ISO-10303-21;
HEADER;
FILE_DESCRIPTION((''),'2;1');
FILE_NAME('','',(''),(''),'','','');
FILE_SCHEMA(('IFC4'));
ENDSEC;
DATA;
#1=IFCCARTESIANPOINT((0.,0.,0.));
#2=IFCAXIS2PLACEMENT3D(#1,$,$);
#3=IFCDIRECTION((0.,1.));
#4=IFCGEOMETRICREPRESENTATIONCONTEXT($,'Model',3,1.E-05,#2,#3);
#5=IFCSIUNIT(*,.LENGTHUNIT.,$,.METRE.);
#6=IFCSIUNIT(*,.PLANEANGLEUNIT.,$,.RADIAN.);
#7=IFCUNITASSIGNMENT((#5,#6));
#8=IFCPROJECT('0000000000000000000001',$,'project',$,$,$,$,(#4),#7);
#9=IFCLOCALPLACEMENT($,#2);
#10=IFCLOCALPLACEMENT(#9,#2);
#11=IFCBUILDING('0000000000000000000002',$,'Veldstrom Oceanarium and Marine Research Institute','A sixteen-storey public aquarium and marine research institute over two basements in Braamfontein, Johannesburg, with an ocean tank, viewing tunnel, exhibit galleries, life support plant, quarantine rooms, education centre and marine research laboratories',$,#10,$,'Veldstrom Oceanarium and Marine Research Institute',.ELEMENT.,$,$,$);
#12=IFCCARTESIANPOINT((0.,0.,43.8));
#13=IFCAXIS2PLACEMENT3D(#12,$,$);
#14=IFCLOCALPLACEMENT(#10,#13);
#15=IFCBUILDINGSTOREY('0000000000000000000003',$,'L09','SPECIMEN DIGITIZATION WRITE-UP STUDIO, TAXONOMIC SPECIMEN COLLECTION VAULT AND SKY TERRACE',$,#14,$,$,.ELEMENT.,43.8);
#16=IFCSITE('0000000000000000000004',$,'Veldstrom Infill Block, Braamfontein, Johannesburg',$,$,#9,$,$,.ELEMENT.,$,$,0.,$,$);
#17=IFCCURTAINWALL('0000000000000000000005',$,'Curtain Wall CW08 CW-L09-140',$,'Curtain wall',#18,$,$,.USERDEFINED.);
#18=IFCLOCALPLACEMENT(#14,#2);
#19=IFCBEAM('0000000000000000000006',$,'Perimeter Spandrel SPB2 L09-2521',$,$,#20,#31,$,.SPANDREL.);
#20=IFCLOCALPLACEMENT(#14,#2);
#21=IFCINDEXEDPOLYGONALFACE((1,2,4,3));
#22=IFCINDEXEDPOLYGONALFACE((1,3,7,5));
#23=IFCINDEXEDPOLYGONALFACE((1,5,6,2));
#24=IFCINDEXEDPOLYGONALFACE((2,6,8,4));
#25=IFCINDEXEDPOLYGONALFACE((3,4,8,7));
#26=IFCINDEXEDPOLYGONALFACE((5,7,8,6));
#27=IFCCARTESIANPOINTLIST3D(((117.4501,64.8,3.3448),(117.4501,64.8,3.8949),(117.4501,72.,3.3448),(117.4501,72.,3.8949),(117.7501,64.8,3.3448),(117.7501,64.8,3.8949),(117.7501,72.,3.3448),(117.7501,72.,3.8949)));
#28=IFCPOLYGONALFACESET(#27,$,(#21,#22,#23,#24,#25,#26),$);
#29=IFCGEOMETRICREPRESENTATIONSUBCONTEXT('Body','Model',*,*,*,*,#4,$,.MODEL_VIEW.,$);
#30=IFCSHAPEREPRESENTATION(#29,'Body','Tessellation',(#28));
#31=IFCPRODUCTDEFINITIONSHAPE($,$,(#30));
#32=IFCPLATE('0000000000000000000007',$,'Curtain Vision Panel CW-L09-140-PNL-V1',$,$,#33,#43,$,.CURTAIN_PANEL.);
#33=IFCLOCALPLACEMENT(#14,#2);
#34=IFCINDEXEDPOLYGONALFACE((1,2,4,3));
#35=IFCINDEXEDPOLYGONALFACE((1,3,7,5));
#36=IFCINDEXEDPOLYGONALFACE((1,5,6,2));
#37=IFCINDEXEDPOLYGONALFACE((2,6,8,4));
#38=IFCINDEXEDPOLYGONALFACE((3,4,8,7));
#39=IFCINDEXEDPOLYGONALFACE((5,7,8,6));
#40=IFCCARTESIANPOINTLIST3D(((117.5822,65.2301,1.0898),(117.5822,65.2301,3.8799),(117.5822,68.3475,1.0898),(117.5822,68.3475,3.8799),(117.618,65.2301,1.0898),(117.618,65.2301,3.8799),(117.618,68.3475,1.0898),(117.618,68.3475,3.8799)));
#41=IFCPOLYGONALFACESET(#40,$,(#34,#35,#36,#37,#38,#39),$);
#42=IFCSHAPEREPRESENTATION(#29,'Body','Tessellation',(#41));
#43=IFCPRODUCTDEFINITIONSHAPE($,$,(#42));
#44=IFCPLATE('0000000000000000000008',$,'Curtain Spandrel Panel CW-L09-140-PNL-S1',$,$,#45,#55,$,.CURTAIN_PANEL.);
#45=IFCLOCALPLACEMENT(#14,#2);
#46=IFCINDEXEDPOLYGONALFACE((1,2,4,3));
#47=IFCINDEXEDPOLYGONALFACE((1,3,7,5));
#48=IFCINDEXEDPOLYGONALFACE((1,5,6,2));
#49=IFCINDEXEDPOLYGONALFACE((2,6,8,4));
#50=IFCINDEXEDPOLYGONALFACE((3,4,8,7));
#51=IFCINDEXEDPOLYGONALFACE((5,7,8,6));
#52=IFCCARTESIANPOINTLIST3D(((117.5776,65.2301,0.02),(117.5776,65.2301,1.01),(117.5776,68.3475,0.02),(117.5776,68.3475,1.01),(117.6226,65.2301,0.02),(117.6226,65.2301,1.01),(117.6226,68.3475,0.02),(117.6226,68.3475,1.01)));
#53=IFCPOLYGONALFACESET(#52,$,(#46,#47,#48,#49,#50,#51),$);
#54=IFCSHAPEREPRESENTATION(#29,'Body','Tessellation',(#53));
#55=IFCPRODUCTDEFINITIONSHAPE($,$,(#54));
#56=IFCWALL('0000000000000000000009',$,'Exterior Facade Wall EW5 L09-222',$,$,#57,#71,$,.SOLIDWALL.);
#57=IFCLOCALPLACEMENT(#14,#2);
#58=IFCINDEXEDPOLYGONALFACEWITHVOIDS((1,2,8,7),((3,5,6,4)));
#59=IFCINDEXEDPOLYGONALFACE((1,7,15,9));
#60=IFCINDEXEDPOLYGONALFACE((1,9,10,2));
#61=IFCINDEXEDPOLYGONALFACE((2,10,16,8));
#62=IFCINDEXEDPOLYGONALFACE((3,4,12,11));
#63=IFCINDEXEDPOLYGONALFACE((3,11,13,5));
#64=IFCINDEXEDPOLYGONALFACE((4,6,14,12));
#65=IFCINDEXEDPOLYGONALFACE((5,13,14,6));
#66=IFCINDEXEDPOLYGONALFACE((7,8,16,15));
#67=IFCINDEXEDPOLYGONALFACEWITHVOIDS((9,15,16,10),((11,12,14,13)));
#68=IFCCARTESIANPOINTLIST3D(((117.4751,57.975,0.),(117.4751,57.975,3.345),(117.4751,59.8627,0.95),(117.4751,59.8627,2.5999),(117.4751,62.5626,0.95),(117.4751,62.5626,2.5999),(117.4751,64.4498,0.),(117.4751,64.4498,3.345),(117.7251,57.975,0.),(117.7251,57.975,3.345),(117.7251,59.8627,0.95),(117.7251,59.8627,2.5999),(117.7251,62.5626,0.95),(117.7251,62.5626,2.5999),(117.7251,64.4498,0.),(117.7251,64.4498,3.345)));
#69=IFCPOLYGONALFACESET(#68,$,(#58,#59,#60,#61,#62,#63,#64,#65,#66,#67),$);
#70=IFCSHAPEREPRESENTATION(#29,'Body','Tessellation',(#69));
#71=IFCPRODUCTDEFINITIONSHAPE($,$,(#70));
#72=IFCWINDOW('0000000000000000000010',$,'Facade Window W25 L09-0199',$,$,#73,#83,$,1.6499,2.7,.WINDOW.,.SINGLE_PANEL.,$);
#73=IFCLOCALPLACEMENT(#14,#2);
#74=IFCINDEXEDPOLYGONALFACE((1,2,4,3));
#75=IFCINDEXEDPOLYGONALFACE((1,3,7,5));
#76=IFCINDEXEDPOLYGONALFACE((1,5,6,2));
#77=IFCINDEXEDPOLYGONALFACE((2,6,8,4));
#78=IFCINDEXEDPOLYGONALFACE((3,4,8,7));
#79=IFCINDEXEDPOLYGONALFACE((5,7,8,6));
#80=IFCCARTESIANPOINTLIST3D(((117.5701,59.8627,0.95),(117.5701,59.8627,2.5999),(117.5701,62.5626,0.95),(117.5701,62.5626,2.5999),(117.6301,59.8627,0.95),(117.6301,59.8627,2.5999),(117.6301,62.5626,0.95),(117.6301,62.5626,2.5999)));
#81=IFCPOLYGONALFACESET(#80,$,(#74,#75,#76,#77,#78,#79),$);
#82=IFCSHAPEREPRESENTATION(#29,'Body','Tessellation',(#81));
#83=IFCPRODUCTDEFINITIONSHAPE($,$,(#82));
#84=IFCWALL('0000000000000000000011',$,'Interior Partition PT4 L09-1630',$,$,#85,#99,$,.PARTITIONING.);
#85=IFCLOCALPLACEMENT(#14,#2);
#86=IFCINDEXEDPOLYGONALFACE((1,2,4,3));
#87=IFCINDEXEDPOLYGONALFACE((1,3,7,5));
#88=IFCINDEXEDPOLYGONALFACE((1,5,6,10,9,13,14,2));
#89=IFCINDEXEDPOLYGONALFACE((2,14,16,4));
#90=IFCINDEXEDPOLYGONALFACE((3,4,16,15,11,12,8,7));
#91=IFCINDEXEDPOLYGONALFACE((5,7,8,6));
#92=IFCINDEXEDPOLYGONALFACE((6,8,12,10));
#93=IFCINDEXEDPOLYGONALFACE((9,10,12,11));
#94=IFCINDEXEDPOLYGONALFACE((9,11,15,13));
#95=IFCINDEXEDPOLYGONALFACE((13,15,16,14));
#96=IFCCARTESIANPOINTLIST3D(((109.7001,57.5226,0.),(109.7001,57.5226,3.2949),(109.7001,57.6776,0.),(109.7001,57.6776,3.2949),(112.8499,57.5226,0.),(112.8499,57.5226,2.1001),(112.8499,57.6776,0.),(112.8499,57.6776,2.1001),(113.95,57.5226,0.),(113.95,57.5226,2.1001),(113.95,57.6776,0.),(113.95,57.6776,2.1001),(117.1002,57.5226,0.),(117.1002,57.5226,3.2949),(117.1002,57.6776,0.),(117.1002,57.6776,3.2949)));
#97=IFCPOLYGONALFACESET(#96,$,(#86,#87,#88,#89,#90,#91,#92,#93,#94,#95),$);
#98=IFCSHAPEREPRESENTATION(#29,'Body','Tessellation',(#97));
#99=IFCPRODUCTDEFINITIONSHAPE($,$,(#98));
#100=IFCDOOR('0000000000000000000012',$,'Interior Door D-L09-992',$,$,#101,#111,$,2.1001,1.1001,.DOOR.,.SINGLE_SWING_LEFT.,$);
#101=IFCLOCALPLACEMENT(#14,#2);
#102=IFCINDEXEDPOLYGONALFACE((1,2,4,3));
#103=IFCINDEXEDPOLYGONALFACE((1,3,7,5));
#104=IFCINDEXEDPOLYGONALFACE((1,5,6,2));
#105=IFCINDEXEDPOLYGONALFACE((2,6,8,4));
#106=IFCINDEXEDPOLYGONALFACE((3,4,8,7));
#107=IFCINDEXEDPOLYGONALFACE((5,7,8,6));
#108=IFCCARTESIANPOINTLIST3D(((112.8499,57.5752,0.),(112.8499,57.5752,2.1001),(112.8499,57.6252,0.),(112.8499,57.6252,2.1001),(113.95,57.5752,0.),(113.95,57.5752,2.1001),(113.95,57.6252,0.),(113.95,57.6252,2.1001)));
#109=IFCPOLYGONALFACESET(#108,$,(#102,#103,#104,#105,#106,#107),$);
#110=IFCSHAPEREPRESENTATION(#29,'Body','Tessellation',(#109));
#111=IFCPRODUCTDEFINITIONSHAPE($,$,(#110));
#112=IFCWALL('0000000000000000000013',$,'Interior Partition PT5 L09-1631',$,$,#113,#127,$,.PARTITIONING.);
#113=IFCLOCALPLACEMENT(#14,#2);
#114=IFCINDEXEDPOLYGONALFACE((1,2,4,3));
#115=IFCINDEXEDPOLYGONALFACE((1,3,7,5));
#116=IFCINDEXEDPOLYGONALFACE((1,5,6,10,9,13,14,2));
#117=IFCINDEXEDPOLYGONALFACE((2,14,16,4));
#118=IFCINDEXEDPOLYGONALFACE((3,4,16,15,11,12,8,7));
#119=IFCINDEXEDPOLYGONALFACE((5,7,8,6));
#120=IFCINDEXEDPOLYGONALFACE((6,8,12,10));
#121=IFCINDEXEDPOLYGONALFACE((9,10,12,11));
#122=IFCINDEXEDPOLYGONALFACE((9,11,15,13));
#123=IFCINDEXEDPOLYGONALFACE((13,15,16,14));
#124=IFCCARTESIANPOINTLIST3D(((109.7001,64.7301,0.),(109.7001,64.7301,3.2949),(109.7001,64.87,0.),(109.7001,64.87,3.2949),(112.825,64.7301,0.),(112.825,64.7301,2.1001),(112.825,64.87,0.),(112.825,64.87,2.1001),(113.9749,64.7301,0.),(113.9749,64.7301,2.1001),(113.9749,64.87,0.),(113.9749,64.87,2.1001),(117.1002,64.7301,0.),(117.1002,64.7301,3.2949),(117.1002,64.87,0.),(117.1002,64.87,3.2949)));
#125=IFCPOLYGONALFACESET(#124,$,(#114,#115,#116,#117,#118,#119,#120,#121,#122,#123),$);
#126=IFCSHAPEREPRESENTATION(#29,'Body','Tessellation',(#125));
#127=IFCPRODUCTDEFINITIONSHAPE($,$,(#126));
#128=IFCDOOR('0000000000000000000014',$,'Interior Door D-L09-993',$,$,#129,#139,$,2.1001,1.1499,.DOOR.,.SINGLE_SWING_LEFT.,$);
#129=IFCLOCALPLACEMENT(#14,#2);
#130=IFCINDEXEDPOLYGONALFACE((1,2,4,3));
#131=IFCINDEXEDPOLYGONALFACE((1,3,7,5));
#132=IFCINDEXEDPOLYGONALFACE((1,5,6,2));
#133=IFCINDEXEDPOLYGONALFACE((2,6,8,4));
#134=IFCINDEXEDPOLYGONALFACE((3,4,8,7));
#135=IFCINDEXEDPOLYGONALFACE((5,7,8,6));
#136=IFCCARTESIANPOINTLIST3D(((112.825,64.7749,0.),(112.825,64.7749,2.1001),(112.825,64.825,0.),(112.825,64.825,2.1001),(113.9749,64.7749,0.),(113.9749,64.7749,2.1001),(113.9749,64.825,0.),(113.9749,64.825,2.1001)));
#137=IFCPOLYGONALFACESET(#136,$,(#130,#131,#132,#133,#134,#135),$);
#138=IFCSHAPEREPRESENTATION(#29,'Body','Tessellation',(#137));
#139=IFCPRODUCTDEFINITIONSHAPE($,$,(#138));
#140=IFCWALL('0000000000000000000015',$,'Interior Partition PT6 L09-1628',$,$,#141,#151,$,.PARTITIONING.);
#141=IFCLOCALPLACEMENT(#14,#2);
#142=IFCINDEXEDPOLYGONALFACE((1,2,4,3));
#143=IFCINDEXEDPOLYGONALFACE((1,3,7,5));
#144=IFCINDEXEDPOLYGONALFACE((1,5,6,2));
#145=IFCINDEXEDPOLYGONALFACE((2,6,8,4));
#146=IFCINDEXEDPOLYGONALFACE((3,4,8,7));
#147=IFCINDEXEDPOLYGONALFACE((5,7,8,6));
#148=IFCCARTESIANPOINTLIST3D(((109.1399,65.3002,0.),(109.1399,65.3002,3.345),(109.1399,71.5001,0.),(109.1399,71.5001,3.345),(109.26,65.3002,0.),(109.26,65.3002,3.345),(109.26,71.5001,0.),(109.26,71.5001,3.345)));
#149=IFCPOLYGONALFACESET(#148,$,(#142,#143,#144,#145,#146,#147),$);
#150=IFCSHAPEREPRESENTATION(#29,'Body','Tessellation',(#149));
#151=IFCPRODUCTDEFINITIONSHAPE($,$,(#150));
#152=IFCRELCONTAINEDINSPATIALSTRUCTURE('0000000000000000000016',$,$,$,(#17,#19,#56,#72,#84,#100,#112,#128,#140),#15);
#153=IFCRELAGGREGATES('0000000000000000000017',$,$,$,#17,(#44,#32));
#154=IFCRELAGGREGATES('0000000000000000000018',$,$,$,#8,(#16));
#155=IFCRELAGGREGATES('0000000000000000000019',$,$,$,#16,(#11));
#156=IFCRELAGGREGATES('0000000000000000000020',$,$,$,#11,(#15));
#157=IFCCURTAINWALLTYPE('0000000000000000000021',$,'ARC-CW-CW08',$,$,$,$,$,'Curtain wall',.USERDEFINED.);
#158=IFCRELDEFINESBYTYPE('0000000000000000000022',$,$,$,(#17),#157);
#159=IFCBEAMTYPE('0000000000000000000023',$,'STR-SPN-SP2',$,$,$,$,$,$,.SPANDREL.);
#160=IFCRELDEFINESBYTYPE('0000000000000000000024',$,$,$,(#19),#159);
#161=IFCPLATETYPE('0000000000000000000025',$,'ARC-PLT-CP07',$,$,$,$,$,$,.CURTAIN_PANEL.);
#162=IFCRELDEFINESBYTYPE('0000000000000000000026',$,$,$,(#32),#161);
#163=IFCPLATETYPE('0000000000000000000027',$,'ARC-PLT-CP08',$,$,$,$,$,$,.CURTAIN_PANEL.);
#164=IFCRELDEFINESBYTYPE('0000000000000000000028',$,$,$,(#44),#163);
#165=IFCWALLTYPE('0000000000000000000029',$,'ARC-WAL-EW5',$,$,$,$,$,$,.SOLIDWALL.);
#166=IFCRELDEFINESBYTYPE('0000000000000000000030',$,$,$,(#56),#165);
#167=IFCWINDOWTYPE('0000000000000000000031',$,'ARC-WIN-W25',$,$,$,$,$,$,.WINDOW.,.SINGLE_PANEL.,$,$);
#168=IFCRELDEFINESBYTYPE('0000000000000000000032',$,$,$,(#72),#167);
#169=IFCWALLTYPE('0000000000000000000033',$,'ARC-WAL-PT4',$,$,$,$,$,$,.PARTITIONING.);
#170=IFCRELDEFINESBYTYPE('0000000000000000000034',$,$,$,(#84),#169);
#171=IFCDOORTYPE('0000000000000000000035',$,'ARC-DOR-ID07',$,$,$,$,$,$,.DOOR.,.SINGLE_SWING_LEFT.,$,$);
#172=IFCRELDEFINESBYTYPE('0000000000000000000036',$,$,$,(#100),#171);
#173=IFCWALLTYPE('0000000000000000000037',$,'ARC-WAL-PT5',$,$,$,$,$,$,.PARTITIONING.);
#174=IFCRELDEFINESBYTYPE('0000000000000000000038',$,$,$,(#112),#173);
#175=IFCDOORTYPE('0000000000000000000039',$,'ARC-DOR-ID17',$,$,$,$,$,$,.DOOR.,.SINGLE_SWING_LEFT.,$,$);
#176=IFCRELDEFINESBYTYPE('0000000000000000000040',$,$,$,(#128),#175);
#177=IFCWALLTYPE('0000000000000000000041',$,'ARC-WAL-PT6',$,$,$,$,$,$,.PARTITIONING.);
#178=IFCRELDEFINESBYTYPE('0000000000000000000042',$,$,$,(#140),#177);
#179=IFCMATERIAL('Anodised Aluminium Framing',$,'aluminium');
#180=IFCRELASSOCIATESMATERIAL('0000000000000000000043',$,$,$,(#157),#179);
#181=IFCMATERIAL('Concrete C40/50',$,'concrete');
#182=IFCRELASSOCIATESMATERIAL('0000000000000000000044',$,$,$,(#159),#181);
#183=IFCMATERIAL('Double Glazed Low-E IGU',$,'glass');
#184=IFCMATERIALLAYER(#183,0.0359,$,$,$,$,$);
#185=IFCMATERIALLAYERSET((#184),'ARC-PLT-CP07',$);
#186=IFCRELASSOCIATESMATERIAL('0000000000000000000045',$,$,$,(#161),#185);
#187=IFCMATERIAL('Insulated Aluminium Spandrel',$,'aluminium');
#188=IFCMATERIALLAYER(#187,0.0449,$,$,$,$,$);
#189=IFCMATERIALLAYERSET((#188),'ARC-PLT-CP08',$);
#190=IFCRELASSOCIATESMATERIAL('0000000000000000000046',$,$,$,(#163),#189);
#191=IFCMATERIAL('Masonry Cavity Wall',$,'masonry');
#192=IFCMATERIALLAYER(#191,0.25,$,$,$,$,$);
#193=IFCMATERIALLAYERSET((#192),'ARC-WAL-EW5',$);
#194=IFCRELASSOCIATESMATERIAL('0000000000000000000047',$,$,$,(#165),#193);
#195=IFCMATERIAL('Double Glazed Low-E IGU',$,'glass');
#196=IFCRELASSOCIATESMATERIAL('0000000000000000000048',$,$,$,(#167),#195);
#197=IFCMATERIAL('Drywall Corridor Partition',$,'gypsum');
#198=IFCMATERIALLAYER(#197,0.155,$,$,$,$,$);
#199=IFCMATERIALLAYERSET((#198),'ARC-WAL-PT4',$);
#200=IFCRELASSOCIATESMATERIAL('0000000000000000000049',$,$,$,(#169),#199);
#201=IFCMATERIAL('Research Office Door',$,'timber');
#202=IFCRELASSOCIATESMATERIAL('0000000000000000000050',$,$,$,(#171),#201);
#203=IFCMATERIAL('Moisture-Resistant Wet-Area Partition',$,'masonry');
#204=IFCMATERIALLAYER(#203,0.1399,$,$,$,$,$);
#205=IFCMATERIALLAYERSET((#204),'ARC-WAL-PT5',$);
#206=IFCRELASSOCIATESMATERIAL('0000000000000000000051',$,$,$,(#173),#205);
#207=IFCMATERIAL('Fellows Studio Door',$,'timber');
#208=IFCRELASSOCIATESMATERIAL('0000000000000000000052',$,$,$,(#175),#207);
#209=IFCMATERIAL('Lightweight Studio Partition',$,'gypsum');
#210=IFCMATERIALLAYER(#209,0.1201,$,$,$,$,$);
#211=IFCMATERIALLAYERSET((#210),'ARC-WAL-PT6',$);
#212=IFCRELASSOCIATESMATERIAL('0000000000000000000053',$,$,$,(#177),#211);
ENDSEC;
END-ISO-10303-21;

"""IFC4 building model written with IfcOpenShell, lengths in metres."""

from ifc_helpers import new_model, si_unit, direction, frame, frame_2d, origin, origin_2d, place, context, subcontext, project, spatial, rectangle, extrude, material, layer, layer_set, material_profile, profile_set, type_object, element, fill, aggregate, save


model = new_model("IFC4")

# Units and contexts
model_context = context("Model", 3, precision=1e-05, world=origin(), true_north=direction((0.0, 1.0)))
body_context = subcontext(model_context, "Body", "Model", "MODEL_VIEW")
ifc_project = project(units=[si_unit("LENGTHUNIT", "METRE"), si_unit("PLANEANGLEUNIT", "RADIAN")], contexts=[model_context])

# Site, building, storey
site_placement = place(None, origin())
site = spatial("IfcSite", under=ifc_project, at=site_placement, Name="Veldstrom Infill Block, Braamfontein, Johannesburg", CompositionType="ELEMENT", RefElevation=0.0)
building_placement = place(site_placement, origin())
building = spatial("IfcBuilding", under=site, at=building_placement, Name="Veldstrom Oceanarium and Marine Research Institute", Description="A sixteen-storey public aquarium and marine research institute over two basements in Braamfontein, Johannesburg, with an ocean tank, viewing tunnel, exhibit galleries, life support plant, quarantine rooms, education centre and marine research laboratories", LongName="Veldstrom Oceanarium and Marine Research Institute", CompositionType="ELEMENT")
storey_placement = place(building_placement, frame((0.0, 0.0, 43.8)))
storey = spatial("IfcBuildingStorey", under=building, at=storey_placement, Name="L09", Description="SPECIMEN DIGITIZATION WRITE-UP STUDIO, TAXONOMIC SPECIMEN COLLECTION VAULT AND SKY TERRACE", CompositionType="ELEMENT", Elevation=43.8)

# Shared definitions
ifc_material_1 = material(Name="Anodised Aluminium Framing", Category="aluminium")
curtain_wall_type = type_object("IfcCurtainWallType", Name="ARC-CW-CW08", ElementType="Curtain wall", PredefinedType="USERDEFINED", material=ifc_material_1)

# Curtain wall
curtain_wall_1_placement = place(storey_placement, origin())
curtain_wall_1 = element("IfcCurtainWall", 1, at=curtain_wall_1_placement, inside=storey, type_object=curtain_wall_type, Name="Curtain Wall CW08 CW-L09-140", ObjectType="Curtain wall", PredefinedType="USERDEFINED")

# Beam
ifc_material_2 = material(Name="Concrete C40/50", Category="concrete")
ifc_material_profile_1 = material_profile(ifc_material_2, rectangle(XDim=0.3, YDim=0.55, at=origin_2d()), Name="RC-SPN-300x550")
ifc_profile_set_1 = profile_set([ifc_material_profile_1], Name="Concrete C40/50")
beam_type_1 = type_object("IfcBeamType", Name="STR-SPN-SP2", PredefinedType="SPANDREL", material=ifc_profile_set_1)
for number, where, z_axis, x_axis, name in (
    (2, (117.6001, 64.8, 3.6199), (0.0, 1.0, 0.0), (-1.0, 0.0, 0.0), "Perimeter Spandrel SPB2 L09-2521"),
):
    element("IfcBeam", number, at=place(storey_placement, frame(where, z_axis=z_axis, x_axis=x_axis)), inside=storey, type_object=beam_type_1, Name=name, PredefinedType="SPANDREL", context=body_context, shape_type="SweptSolid", body=[
        extrude(rectangle(XDim=0.3, YDim=0.55, at=origin_2d()), origin(), (0.0, 0.0, 1.0), 7.2),
    ])

# Plates
ifc_material_3 = material(Name="Double Glazed Low-E IGU", Category="glass")
ifc_layer_1 = layer(ifc_material_3, 0.0359)
ifc_layer_set_1 = layer_set([ifc_layer_1], Name="ARC-PLT-CP07")
plate_type_1 = type_object("IfcPlateType", Name="ARC-PLT-CP07", PredefinedType="CURTAIN_PANEL", material=ifc_layer_set_1)
plate_1_placement = place(storey_placement, frame((117.6001, 66.7888, 1.0898), z_axis=(0.0, 0.0, 1.0), x_axis=(0.0, 1.0, 0.0)))
plate_1 = element("IfcPlate", 3, at=plate_1_placement, type_object=plate_type_1, Name="Curtain Vision Panel CW-L09-140-PNL-V1", PredefinedType="CURTAIN_PANEL", context=body_context, shape_type="SweptSolid", body=[
    extrude(rectangle(XDim=3.1174, YDim=0.0359, at=origin_2d()), origin(), (0.0, 0.0, 1.0), 2.79),
])
ifc_material_4 = material(Name="Insulated Aluminium Spandrel", Category="aluminium")
ifc_layer_2 = layer(ifc_material_4, 0.0449)
ifc_layer_set_2 = layer_set([ifc_layer_2], Name="ARC-PLT-CP08")
plate_type_2 = type_object("IfcPlateType", Name="ARC-PLT-CP08", PredefinedType="CURTAIN_PANEL", material=ifc_layer_set_2)
plate_2_placement = place(storey_placement, frame((117.6001, 66.7888, 0.02), z_axis=(0.0, 0.0, 1.0), x_axis=(0.0, 1.0, 0.0)))
plate_2 = element("IfcPlate", 4, at=plate_2_placement, type_object=plate_type_2, Name="Curtain Spandrel Panel CW-L09-140-PNL-S1", PredefinedType="CURTAIN_PANEL", context=body_context, shape_type="SweptSolid", body=[
    extrude(rectangle(XDim=3.1174, YDim=0.0449, at=origin_2d()), origin(), (0.0, 0.0, 1.0), 0.99),
])
aggregate(curtain_wall_1, [plate_2, plate_1])

# Wall, opening, window
ifc_material_5 = material(Name="Masonry Cavity Wall", Category="masonry")
ifc_layer_3 = layer(ifc_material_5, 0.25)
ifc_layer_set_3 = layer_set([ifc_layer_3], Name="ARC-WAL-EW5")
wall_type_1 = type_object("IfcWallType", Name="ARC-WAL-EW5", PredefinedType="SOLIDWALL", material=ifc_layer_set_3)
wall_1_placement = place(storey_placement, frame((117.6001, 57.9751, 0.0), z_axis=(0.0, 0.0, 1.0), x_axis=(0.0, 1.0, 0.0)))
wall_1 = element("IfcWall", 5, at=wall_1_placement, inside=storey, type_object=wall_type_1, Name="Exterior Facade Wall EW5 L09-222", PredefinedType="SOLIDWALL", context=body_context, shape_type="SweptSolid", body=[
    extrude(rectangle(XDim=6.4749, YDim=0.25, at=frame_2d((3.2373, 0.0))), origin(), (0.0, 0.0, 1.0), 3.345),
])
opening_1_placement = place(wall_1_placement, frame((1.8875, 0.0, 0.95)))
opening_1 = element("IfcOpeningElement", 6, at=opening_1_placement, cuts=wall_1, PredefinedType="OPENING", context=body_context, shape_type="SweptSolid", body=[
    extrude(rectangle(XDim=2.7, YDim=1.6499, at=frame_2d((1.3501, 0.825))), frame((0.0, 0.135, 0.0), z_axis=(0.0, -1.0, 0.0), x_axis=(1.0, 0.0, 0.0)), (0.0, 0.0, 1.0), 0.27),
])
ifc_material_6 = material(Name="Double Glazed Low-E IGU", Category="glass")
window_type = type_object("IfcWindowType", Name="ARC-WIN-W25", PartitioningType="SINGLE_PANEL", PredefinedType="WINDOW", material=ifc_material_6)
window_placement = place(opening_1_placement, origin())
window = element("IfcWindow", 7, at=window_placement, inside=storey, type_object=window_type, Name="Facade Window W25 L09-0199", OverallHeight=1.6499, OverallWidth=2.7, PartitioningType="SINGLE_PANEL", PredefinedType="WINDOW", context=body_context, shape_type="SweptSolid", body=[
    extrude(rectangle(XDim=2.7, YDim=1.6499, at=frame_2d((1.3501, 0.825))), frame((0.0, 0.03, 0.0), z_axis=(0.0, -1.0, 0.0), x_axis=(1.0, 0.0, 0.0)), (0.0, 0.0, 1.0), 0.0601),
])
fill(opening_1, window)

# Walls, openings, doors
ifc_material_7 = material(Name="Drywall Corridor Partition", Category="gypsum")
ifc_layer_4 = layer(ifc_material_7, 0.155)
ifc_layer_set_4 = layer_set([ifc_layer_4], Name="ARC-WAL-PT4")
wall_type_2 = type_object("IfcWallType", Name="ARC-WAL-PT4", PredefinedType="PARTITIONING", material=ifc_layer_set_4)
wall_2_placement = place(storey_placement, frame((109.7, 57.6001, 0.0), z_axis=(0.0, 0.0, 1.0), x_axis=(1.0, 0.0, 0.0)))
wall_2 = element("IfcWall", 8, at=wall_2_placement, inside=storey, type_object=wall_type_2, Name="Interior Partition PT4 L09-1630", PredefinedType="PARTITIONING", context=body_context, shape_type="SweptSolid", body=[
    extrude(rectangle(XDim=7.4001, YDim=0.155, at=frame_2d((3.7002, 0.0))), origin(), (0.0, 0.0, 1.0), 3.2949),
])
opening_2_placement = place(wall_2_placement, frame((3.1499, 0.0, 0.0)))
opening_2 = element("IfcOpeningElement", 9, at=opening_2_placement, cuts=wall_2, PredefinedType="OPENING", context=body_context, shape_type="SweptSolid", body=[
    extrude(rectangle(XDim=1.1001, YDim=2.1001, at=frame_2d((0.55, 1.05))), frame((0.0, 0.0874, 0.0), z_axis=(0.0, -1.0, 0.0), x_axis=(1.0, 0.0, 0.0)), (0.0, 0.0, 1.0), 0.175),
])
ifc_material_8 = material(Name="Research Office Door", Category="timber")
door_type_1 = type_object("IfcDoorType", Name="ARC-DOR-ID07", OperationType="SINGLE_SWING_LEFT", PredefinedType="DOOR", material=ifc_material_8)
door_1_placement = place(opening_2_placement, frame((1.1001, 0.0, 0.0), z_axis=(0.0, 0.0, 1.0), x_axis=(-1.0, 0.0, 0.0)))
door_1 = element("IfcDoor", 10, at=door_1_placement, inside=storey, type_object=door_type_1, Name="Interior Door D-L09-992", OperationType="SINGLE_SWING_LEFT", OverallHeight=2.1001, OverallWidth=1.1001, PredefinedType="DOOR", context=body_context, shape_type="SweptSolid", body=[
    extrude(rectangle(XDim=1.1001, YDim=2.1001, at=frame_2d((0.55, 1.05))), frame((0.0, 0.0249, 0.0), z_axis=(0.0, -1.0, 0.0), x_axis=(1.0, 0.0, 0.0)), (0.0, 0.0, 1.0), 0.05),
])
fill(opening_2, door_1)
ifc_material_9 = material(Name="Moisture-Resistant Wet-Area Partition", Category="masonry")
ifc_layer_5 = layer(ifc_material_9, 0.1399)
ifc_layer_set_5 = layer_set([ifc_layer_5], Name="ARC-WAL-PT5")
wall_type_3 = type_object("IfcWallType", Name="ARC-WAL-PT5", PredefinedType="PARTITIONING", material=ifc_layer_set_5)
wall_3_placement = place(storey_placement, frame((109.7, 64.8, 0.0), z_axis=(0.0, 0.0, 1.0), x_axis=(1.0, 0.0, 0.0)))
wall_3 = element("IfcWall", 11, at=wall_3_placement, inside=storey, type_object=wall_type_3, Name="Interior Partition PT5 L09-1631", PredefinedType="PARTITIONING", context=body_context, shape_type="SweptSolid", body=[
    extrude(rectangle(XDim=7.4001, YDim=0.1399, at=frame_2d((3.7002, 0.0))), origin(), (0.0, 0.0, 1.0), 3.2949),
])
opening_3_placement = place(wall_3_placement, frame((3.125, 0.0, 0.0)))
opening_3 = element("IfcOpeningElement", 12, at=opening_3_placement, cuts=wall_3, PredefinedType="OPENING", context=body_context, shape_type="SweptSolid", body=[
    extrude(rectangle(XDim=1.1499, YDim=2.1001, at=frame_2d((0.575, 1.05))), frame((0.0, 0.0798, 0.0), z_axis=(0.0, -1.0, 0.0), x_axis=(1.0, 0.0, 0.0)), (0.0, 0.0, 1.0), 0.1599),
])
ifc_material_10 = material(Name="Fellows Studio Door", Category="timber")
door_type_2 = type_object("IfcDoorType", Name="ARC-DOR-ID17", OperationType="SINGLE_SWING_LEFT", PredefinedType="DOOR", material=ifc_material_10)
door_2_placement = place(opening_3_placement, origin())
door_2 = element("IfcDoor", 13, at=door_2_placement, inside=storey, type_object=door_type_2, Name="Interior Door D-L09-993", OperationType="SINGLE_SWING_LEFT", OverallHeight=2.1001, OverallWidth=1.1499, PredefinedType="DOOR", context=body_context, shape_type="SweptSolid", body=[
    extrude(rectangle(XDim=1.1499, YDim=2.1001, at=frame_2d((0.575, 1.05))), frame((0.0, 0.0249, 0.0), z_axis=(0.0, -1.0, 0.0), x_axis=(1.0, 0.0, 0.0)), (0.0, 0.0, 1.0), 0.05),
])
fill(opening_3, door_2)

# Wall
ifc_material_11 = material(Name="Lightweight Studio Partition", Category="gypsum")
ifc_layer_6 = layer(ifc_material_11, 0.1201)
ifc_layer_set_6 = layer_set([ifc_layer_6], Name="ARC-WAL-PT6")
wall_type_4 = type_object("IfcWallType", Name="ARC-WAL-PT6", PredefinedType="PARTITIONING", material=ifc_layer_set_6)
wall_4_placement = place(storey_placement, frame((109.2, 65.3, 0.0), z_axis=(0.0, 0.0, 1.0), x_axis=(0.0, 1.0, 0.0)))
element("IfcWall", 14, at=wall_4_placement, inside=storey, type_object=wall_type_4, Name="Interior Partition PT6 L09-1628", PredefinedType="PARTITIONING", context=body_context, shape_type="SweptSolid", body=[
    extrude(rectangle(XDim=6.2, YDim=0.1201, at=frame_2d((3.1001, 0.0))), origin(), (0.0, 0.0, 1.0), 3.345),
])

save(model, "model.ifc")
